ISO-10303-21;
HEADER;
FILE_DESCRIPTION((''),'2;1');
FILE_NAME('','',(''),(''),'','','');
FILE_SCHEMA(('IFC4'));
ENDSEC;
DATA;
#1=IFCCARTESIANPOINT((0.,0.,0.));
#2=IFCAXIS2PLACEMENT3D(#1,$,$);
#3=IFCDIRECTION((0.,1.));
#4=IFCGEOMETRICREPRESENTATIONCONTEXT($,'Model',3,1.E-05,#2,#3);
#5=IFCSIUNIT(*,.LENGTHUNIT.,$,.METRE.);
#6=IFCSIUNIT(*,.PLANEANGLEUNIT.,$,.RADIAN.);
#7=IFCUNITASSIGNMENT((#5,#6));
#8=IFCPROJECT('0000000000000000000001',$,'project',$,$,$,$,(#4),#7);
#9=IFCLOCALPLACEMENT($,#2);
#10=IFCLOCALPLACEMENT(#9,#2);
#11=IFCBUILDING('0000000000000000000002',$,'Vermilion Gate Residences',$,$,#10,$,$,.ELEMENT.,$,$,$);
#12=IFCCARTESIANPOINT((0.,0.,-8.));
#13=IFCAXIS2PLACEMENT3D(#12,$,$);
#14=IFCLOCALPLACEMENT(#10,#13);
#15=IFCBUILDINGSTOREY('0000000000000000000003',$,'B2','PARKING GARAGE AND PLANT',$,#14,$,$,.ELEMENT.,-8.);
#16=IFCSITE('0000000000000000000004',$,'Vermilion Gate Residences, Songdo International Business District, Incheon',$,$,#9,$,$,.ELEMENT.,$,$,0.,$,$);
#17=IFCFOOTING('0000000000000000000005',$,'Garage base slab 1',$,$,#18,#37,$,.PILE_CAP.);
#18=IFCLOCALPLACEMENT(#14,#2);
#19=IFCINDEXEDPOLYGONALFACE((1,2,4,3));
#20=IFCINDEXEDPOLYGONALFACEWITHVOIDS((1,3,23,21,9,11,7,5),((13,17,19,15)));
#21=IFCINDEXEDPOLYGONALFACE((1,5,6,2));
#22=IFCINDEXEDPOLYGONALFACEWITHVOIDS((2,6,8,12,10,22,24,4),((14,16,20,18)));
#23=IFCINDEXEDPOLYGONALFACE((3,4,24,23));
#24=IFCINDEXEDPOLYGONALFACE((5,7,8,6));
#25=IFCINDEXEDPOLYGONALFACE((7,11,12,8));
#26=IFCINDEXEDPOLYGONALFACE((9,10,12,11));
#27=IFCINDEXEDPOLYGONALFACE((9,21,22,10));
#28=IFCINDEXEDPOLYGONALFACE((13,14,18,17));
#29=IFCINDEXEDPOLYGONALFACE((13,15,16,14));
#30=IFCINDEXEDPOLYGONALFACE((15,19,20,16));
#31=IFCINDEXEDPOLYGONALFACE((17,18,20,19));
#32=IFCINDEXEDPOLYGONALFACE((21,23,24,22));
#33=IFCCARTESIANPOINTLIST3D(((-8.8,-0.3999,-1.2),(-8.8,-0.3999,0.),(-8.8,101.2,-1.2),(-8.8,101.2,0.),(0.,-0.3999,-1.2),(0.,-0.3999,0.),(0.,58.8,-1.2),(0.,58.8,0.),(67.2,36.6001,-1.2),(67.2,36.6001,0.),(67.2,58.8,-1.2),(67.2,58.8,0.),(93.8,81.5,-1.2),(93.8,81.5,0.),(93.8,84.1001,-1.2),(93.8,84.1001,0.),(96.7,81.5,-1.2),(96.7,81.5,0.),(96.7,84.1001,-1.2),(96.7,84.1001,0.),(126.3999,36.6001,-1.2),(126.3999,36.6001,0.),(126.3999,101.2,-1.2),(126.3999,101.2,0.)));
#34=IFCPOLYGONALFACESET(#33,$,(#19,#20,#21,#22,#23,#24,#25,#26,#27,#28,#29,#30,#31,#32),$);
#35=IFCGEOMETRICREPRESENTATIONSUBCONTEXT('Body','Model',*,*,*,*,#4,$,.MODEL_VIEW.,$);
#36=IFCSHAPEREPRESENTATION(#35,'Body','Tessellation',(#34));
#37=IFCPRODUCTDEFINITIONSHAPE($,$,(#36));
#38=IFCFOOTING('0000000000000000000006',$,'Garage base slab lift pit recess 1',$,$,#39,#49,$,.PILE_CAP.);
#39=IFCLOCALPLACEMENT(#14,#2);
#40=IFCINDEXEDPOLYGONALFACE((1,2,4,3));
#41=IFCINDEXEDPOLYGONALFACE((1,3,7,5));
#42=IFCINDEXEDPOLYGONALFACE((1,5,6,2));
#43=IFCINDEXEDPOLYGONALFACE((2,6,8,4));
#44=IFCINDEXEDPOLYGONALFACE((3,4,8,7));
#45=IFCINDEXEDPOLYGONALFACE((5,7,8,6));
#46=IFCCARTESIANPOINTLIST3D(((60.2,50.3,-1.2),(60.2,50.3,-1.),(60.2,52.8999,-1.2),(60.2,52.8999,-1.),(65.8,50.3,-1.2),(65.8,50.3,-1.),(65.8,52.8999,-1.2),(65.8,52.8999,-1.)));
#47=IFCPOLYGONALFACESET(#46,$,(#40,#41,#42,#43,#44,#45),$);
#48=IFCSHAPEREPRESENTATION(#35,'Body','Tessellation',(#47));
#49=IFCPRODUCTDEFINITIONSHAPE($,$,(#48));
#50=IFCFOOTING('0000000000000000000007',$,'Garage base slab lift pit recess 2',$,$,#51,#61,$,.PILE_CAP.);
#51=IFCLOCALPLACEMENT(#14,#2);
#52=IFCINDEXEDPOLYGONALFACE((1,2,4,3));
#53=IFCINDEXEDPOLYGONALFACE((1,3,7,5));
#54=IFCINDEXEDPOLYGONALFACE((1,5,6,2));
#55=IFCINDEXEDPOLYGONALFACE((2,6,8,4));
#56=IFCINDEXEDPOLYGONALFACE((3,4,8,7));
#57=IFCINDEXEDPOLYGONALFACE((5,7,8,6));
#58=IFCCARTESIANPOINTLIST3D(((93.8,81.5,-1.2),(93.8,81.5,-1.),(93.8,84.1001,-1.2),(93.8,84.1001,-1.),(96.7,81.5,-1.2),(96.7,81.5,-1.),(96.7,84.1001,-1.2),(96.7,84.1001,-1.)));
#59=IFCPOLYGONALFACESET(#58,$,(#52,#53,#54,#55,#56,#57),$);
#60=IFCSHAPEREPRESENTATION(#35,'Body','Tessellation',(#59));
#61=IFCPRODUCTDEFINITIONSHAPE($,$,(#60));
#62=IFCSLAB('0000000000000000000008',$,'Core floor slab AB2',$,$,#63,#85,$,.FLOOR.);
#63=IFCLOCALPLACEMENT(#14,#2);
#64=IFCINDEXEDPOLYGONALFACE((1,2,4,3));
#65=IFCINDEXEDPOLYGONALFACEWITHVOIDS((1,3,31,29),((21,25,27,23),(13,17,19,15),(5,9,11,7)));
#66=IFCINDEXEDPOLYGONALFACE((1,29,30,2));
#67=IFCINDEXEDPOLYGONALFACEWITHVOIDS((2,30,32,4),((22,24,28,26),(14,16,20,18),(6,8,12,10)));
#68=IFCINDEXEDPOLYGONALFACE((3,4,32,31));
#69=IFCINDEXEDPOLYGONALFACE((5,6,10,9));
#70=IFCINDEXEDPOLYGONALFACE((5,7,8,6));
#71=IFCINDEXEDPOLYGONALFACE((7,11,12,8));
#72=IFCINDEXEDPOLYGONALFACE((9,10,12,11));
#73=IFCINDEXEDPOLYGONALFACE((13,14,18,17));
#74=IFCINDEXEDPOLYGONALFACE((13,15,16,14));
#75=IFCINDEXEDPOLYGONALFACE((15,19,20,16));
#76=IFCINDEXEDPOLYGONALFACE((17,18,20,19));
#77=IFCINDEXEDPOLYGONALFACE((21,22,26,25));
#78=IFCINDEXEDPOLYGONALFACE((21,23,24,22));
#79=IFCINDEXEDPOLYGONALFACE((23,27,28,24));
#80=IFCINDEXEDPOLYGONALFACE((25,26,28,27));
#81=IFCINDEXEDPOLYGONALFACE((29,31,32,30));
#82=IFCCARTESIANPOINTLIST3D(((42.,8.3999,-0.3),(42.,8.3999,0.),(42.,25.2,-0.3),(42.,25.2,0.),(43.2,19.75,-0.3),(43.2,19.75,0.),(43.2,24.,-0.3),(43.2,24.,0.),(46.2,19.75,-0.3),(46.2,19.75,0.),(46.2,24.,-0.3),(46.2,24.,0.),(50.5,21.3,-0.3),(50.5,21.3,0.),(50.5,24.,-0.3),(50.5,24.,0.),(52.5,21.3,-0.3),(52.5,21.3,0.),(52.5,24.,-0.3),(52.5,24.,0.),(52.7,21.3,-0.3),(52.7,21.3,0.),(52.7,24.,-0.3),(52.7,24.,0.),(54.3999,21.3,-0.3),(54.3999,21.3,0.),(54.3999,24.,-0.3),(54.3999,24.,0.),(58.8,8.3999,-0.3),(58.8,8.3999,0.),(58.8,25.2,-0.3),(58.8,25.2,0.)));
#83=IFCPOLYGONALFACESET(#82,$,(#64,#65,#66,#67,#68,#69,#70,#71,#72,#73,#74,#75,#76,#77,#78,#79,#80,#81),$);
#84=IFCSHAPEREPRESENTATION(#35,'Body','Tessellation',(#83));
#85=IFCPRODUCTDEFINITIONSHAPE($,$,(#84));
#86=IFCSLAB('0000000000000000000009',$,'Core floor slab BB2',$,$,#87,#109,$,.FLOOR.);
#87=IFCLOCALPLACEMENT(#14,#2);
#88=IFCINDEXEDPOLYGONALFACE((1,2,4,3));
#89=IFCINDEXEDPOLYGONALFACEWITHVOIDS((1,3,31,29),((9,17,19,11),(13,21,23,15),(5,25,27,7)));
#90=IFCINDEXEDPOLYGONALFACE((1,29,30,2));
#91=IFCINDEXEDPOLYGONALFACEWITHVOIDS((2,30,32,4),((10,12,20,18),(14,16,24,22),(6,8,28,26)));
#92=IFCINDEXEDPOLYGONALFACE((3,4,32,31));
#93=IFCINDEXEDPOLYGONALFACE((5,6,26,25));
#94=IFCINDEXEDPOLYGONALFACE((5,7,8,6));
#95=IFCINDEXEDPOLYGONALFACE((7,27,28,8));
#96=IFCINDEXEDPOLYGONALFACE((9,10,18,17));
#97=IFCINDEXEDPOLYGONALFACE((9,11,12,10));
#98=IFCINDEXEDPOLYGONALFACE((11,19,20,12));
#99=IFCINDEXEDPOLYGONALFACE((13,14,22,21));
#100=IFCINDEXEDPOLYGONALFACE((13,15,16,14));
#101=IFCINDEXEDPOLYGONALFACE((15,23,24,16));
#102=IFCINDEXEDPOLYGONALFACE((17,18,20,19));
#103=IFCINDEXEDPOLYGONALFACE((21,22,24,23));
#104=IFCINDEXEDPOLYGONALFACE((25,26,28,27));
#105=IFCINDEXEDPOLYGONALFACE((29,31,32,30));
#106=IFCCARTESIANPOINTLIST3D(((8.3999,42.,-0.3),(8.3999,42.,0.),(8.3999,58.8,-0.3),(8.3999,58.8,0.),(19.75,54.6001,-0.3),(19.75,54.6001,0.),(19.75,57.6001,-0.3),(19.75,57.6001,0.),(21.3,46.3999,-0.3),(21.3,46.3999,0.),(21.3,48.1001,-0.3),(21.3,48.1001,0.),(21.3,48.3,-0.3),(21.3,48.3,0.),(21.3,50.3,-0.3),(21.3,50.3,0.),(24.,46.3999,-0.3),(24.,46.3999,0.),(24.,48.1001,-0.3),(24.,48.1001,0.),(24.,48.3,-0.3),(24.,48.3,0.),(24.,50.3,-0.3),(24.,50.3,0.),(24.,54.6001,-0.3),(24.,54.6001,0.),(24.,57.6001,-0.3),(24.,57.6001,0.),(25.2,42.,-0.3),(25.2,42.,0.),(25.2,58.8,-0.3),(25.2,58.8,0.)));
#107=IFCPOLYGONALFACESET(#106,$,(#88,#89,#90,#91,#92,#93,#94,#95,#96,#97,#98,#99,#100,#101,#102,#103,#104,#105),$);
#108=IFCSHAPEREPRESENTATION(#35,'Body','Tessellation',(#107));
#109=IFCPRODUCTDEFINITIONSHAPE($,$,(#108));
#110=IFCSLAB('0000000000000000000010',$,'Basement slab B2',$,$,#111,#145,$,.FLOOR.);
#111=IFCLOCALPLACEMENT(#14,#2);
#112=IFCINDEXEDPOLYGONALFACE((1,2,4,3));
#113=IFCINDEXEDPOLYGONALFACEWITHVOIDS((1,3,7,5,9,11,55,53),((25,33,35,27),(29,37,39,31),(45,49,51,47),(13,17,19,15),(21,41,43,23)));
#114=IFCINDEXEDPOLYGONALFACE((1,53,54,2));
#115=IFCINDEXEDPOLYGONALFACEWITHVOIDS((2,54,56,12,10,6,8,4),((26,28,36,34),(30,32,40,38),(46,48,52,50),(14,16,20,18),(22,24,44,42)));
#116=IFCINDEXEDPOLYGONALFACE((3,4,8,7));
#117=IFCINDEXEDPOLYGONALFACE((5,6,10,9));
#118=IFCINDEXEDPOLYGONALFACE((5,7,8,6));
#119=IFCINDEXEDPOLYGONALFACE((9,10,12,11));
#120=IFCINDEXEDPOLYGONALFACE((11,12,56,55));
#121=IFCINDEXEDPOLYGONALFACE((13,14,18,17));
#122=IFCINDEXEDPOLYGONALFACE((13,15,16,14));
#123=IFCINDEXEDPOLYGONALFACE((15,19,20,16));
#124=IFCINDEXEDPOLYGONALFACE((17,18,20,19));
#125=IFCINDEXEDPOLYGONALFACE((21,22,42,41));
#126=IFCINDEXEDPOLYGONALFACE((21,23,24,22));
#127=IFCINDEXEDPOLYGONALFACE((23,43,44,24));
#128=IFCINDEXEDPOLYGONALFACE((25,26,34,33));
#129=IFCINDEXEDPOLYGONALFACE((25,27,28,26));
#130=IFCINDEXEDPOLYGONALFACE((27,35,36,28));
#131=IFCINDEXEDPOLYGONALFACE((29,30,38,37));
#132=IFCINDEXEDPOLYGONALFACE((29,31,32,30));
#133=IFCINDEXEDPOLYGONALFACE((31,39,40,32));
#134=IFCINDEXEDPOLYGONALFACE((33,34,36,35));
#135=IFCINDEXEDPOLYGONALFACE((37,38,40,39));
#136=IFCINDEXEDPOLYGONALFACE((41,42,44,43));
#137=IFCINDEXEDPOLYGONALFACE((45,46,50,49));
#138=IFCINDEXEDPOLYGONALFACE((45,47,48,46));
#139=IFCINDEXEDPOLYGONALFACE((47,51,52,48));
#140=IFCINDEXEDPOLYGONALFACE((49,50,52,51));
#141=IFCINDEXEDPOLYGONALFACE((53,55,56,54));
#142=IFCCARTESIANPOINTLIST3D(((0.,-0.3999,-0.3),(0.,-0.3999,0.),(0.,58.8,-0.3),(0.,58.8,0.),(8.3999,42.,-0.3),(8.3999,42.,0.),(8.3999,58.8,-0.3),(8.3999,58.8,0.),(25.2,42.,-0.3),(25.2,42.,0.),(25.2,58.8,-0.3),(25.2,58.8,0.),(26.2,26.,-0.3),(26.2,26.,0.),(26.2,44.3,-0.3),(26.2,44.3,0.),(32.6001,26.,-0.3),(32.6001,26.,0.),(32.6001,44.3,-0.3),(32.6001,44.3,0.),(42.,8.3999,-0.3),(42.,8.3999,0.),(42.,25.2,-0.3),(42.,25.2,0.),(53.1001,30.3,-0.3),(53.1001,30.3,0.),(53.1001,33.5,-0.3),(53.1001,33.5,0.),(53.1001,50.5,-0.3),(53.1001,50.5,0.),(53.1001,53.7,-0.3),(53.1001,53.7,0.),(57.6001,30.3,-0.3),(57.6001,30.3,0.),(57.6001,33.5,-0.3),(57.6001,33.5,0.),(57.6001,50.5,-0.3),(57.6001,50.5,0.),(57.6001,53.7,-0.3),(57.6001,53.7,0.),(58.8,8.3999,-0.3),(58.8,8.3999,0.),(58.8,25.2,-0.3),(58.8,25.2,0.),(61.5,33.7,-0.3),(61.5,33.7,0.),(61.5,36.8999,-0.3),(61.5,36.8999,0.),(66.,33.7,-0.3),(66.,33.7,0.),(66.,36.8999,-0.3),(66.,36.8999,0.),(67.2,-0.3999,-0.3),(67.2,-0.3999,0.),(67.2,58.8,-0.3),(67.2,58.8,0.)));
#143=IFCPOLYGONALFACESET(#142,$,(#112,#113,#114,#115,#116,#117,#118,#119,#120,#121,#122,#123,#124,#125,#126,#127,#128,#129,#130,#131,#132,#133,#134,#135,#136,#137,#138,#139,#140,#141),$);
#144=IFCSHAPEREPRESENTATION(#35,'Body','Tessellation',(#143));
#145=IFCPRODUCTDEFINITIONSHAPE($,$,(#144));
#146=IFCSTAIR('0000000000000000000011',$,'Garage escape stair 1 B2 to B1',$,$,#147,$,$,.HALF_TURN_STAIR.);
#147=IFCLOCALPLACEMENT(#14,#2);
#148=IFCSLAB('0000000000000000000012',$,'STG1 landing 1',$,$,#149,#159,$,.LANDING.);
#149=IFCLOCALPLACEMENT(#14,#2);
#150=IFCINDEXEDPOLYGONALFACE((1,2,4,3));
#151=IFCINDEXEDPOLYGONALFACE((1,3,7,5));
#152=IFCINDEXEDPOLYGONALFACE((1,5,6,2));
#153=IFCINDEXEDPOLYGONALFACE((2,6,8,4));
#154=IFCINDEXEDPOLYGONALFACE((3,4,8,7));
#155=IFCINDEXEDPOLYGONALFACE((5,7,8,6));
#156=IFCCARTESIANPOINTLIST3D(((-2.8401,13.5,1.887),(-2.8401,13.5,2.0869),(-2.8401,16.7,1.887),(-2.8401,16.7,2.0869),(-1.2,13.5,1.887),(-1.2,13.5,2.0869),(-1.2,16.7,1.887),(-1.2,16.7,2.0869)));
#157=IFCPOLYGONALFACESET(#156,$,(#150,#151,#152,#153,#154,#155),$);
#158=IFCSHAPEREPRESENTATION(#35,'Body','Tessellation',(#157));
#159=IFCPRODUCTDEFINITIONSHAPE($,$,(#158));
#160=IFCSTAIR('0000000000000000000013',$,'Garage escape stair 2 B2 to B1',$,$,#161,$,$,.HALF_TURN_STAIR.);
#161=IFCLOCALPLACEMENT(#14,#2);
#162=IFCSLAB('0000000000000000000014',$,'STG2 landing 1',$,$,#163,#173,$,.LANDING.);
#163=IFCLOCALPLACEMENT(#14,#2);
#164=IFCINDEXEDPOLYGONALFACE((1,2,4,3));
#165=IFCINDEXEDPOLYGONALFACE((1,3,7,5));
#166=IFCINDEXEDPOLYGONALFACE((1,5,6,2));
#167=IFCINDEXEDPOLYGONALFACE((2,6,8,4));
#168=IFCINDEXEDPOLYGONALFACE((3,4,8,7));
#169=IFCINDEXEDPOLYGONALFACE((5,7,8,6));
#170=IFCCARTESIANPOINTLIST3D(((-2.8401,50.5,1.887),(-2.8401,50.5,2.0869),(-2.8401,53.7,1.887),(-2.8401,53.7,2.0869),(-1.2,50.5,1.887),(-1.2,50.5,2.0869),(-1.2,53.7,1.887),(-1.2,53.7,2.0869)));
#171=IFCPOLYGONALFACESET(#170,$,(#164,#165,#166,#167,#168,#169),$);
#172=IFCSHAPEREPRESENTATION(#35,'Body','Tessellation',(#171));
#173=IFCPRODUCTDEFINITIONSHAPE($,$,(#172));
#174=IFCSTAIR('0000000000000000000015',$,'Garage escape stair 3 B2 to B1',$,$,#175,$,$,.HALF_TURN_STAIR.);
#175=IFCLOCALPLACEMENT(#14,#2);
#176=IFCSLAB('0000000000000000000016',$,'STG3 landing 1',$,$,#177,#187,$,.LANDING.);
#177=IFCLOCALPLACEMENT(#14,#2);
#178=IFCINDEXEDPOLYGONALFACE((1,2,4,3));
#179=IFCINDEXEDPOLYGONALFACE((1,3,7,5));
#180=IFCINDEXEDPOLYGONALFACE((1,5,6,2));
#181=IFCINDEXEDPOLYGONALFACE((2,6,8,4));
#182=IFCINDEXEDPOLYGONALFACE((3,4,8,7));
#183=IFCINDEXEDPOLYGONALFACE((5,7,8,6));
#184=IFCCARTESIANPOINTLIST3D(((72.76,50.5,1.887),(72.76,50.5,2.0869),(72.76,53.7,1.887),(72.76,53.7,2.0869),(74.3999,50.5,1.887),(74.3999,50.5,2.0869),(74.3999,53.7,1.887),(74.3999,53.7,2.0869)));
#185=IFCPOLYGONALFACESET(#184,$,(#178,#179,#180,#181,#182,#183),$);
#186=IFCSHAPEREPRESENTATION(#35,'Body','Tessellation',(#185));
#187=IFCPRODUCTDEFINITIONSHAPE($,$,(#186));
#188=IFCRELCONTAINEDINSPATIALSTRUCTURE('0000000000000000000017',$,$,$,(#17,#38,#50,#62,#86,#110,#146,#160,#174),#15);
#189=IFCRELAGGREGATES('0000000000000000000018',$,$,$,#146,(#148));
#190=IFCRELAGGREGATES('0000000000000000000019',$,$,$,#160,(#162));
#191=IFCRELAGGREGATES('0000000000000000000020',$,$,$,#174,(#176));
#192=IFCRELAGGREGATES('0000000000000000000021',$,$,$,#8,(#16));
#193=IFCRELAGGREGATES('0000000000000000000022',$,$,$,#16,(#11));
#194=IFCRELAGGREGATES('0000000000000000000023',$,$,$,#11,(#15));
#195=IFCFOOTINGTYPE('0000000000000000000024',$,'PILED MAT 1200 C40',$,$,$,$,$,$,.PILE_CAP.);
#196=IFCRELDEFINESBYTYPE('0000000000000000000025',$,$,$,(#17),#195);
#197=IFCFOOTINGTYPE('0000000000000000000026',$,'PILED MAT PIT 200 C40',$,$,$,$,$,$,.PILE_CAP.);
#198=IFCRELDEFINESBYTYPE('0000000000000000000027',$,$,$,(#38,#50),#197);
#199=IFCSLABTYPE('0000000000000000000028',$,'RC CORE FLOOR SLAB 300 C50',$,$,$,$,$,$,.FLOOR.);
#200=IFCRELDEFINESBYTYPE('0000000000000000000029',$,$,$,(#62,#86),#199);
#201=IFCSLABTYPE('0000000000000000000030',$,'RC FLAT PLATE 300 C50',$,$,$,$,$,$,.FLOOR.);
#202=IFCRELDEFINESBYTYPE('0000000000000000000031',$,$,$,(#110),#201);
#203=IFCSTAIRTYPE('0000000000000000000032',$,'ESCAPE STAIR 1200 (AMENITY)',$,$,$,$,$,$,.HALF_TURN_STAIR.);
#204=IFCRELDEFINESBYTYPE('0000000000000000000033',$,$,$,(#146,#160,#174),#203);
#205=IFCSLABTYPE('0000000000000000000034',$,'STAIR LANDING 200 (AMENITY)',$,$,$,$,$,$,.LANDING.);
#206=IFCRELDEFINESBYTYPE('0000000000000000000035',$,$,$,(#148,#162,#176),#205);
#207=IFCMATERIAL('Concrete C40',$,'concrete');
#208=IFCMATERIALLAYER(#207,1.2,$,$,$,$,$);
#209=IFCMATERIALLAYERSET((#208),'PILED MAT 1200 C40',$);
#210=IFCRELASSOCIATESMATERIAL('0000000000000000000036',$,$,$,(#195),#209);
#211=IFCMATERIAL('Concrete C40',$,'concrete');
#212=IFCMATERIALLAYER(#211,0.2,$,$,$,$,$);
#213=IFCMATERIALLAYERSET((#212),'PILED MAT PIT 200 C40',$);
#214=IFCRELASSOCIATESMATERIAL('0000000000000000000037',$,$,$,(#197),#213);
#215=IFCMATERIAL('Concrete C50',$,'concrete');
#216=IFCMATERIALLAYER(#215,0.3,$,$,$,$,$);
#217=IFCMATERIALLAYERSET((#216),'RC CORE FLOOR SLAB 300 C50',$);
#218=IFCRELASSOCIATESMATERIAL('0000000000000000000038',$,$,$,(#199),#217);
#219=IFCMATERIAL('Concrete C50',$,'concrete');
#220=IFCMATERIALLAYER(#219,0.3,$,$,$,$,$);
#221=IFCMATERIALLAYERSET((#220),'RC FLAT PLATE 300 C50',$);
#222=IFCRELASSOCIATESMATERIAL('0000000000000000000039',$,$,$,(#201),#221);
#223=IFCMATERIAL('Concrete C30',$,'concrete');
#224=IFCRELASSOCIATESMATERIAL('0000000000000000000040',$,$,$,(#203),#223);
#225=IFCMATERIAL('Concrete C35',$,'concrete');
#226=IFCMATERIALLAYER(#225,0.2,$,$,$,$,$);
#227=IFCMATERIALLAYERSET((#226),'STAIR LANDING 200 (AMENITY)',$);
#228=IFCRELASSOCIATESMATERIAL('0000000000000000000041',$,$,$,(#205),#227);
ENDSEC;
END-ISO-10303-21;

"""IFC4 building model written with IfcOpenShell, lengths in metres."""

from ifc_helpers import new_model, si_unit, direction, frame, origin, place, context, subcontext, project, spatial, polyline, outline, extrude, material, layer, layer_set, type_object, element, aggregate, save


model = new_model("IFC4")

# Units and contexts
model_context = context("Model", 3, precision=1e-05, world=origin(), true_north=direction((0.0, 1.0)))
body_context = subcontext(model_context, "Body", "Model", "MODEL_VIEW")
ifc_project = project(units=[si_unit("LENGTHUNIT", "METRE"), si_unit("PLANEANGLEUNIT", "RADIAN")], contexts=[model_context])

# Site, building, storey
site_placement = place(None, origin())
site = spatial("IfcSite", under=ifc_project, at=site_placement, Name="Vermilion Gate Residences, Songdo International Business District, Incheon", CompositionType="ELEMENT", RefElevation=0.0)
building_placement = place(site_placement, origin())
building = spatial("IfcBuilding", under=site, at=building_placement, Name="Vermilion Gate Residences", CompositionType="ELEMENT")
storey_placement = place(building_placement, frame((0.0, 0.0, -8.0)))
storey = spatial("IfcBuildingStorey", under=building, at=storey_placement, Name="B2", Description="PARKING GARAGE AND PLANT", CompositionType="ELEMENT", Elevation=-8.0)

# Footings
ifc_material_1 = material(Name="Concrete C40", Category="concrete")
ifc_layer_1 = layer(ifc_material_1, 1.2)
ifc_layer_set_1 = layer_set([ifc_layer_1], Name="PILED MAT 1200 C40")
footing_type_1 = type_object("IfcFootingType", Name="PILED MAT 1200 C40", PredefinedType="PILE_CAP", material=ifc_layer_set_1)
footing_1_placement = place(storey_placement, frame((0.0, 0.0, -1.2)))
element("IfcFooting", 1, at=footing_1_placement, inside=storey, type_object=footing_type_1, Name="Garage base slab 1", PredefinedType="PILE_CAP", context=body_context, shape_type="SweptSolid", body=[
    extrude(outline(polyline([(126.3999, 101.2), (-8.8, 101.2), (-8.8, -0.3999), (0.0, -0.3999), (0.0, 58.8), (67.2, 58.8), (67.2, 36.6001), (126.3999, 36.6001), (126.3999, 101.2)]), holes=[polyline([(93.8, 81.5), (93.8, 84.1001), (96.7, 84.1001), (96.7, 81.5), (93.8, 81.5)])]), origin(), (0.0, 0.0, 1.0), 1.2),
])
ifc_material_2 = material(Name="Concrete C40", Category="concrete")
ifc_layer_2 = layer(ifc_material_2, 0.2)
ifc_layer_set_2 = layer_set([ifc_layer_2], Name="PILED MAT PIT 200 C40")
footing_type_2 = type_object("IfcFootingType", Name="PILED MAT PIT 200 C40", PredefinedType="PILE_CAP", material=ifc_layer_set_2)
footing_2_placement = place(storey_placement, frame((0.0, 0.0, -1.2)))
element("IfcFooting", 2, at=footing_2_placement, inside=storey, type_object=footing_type_2, Name="Garage base slab lift pit recess 1", PredefinedType="PILE_CAP", context=body_context, shape_type="SweptSolid", body=[
    extrude(outline(polyline([(60.2, 50.3), (65.8, 50.3), (65.8, 52.8999), (60.2, 52.8999), (60.2, 50.3)])), origin(), (0.0, 0.0, 1.0), 0.2),
])
footing_3_placement = place(storey_placement, frame((0.0, 0.0, -1.2)))
element("IfcFooting", 3, at=footing_3_placement, inside=storey, type_object=footing_type_2, Name="Garage base slab lift pit recess 2", PredefinedType="PILE_CAP", context=body_context, shape_type="SweptSolid", body=[
    extrude(outline(polyline([(93.8, 81.5), (96.7, 81.5), (96.7, 84.1001), (93.8, 84.1001), (93.8, 81.5)])), origin(), (0.0, 0.0, 1.0), 0.2),
])

# Slabs
ifc_material_3 = material(Name="Concrete C50", Category="concrete")
ifc_layer_3 = layer(ifc_material_3, 0.3)
ifc_layer_set_3 = layer_set([ifc_layer_3], Name="RC CORE FLOOR SLAB 300 C50")
slab_type_1 = type_object("IfcSlabType", Name="RC CORE FLOOR SLAB 300 C50", PredefinedType="FLOOR", material=ifc_layer_set_3)
slab_1_placement = place(storey_placement, frame((0.0, 0.0, -0.3)))
element("IfcSlab", 4, at=slab_1_placement, inside=storey, type_object=slab_type_1, Name="Core floor slab AB2", PredefinedType="FLOOR", context=body_context, shape_type="SweptSolid", body=[
    extrude(outline(polyline([(42.0, 8.3999), (58.8, 8.3999), (58.8, 25.2), (42.0, 25.2), (42.0, 8.3999)]), holes=[polyline([(46.2, 19.75), (43.2, 19.75), (43.2, 24.0), (46.2, 24.0), (46.2, 19.75)]), polyline([(50.5, 21.3), (50.5, 24.0), (52.5, 24.0), (52.5, 21.3), (50.5, 21.3)]), polyline([(52.7, 21.3), (52.7, 24.0), (54.3999, 24.0), (54.3999, 21.3), (52.7, 21.3)])]), origin(), (0.0, 0.0, 1.0), 0.3),
])
slab_2_placement = place(storey_placement, frame((0.0, 0.0, -0.3)))
element("IfcSlab", 5, at=slab_2_placement, inside=storey, type_object=slab_type_1, Name="Core floor slab BB2", PredefinedType="FLOOR", context=body_context, shape_type="SweptSolid", body=[
    extrude(outline(polyline([(8.3999, 42.0), (25.2, 42.0), (25.2, 58.8), (8.3999, 58.8), (8.3999, 42.0)]), holes=[polyline([(24.0, 46.3999), (21.3, 46.3999), (21.3, 48.1001), (24.0, 48.1001), (24.0, 46.3999)]), polyline([(21.3, 48.3), (21.3, 50.3), (24.0, 50.3), (24.0, 48.3), (21.3, 48.3)]), polyline([(19.75, 54.6001), (19.75, 57.6001), (24.0, 57.6001), (24.0, 54.6001), (19.75, 54.6001)])]), origin(), (0.0, 0.0, 1.0), 0.3),
])
ifc_material_4 = material(Name="Concrete C50", Category="concrete")
ifc_layer_4 = layer(ifc_material_4, 0.3)
ifc_layer_set_4 = layer_set([ifc_layer_4], Name="RC FLAT PLATE 300 C50")
slab_type_2 = type_object("IfcSlabType", Name="RC FLAT PLATE 300 C50", PredefinedType="FLOOR", material=ifc_layer_set_4)
slab_3_placement = place(storey_placement, frame((0.0, 0.0, -0.3)))
element("IfcSlab", 6, at=slab_3_placement, inside=storey, type_object=slab_type_2, Name="Basement slab B2", PredefinedType="FLOOR", context=body_context, shape_type="SweptSolid", body=[
    extrude(outline(polyline([(25.2, 42.0), (8.3999, 42.0), (8.3999, 58.8), (0.0, 58.8), (0.0, -0.3999), (67.2, -0.3999), (67.2, 58.8), (25.2, 58.8), (25.2, 42.0)]), holes=[polyline([(66.0, 36.8999), (66.0, 33.7), (61.5, 33.7), (61.5, 36.8999), (66.0, 36.8999)]), polyline([(58.8, 8.3999), (42.0, 8.3999), (42.0, 25.2), (58.8, 25.2), (58.8, 8.3999)]), polyline([(53.1001, 30.3), (53.1001, 33.5), (57.6001, 33.5), (57.6001, 30.3), (53.1001, 30.3)]), polyline([(53.1001, 53.7), (57.6001, 53.7), (57.6001, 50.5), (53.1001, 50.5), (53.1001, 53.7)]), polyline([(32.6001, 26.0), (26.2, 26.0), (26.2, 44.3), (32.6001, 44.3), (32.6001, 26.0)])]), origin(), (0.0, 0.0, 1.0), 0.3),
])

# Stairs, slabs
ifc_material_5 = material(Name="Concrete C30", Category="concrete")
stair_type_1 = type_object("IfcStairType", Name="ESCAPE STAIR 1200 (AMENITY)", PredefinedType="HALF_TURN_STAIR", material=ifc_material_5)
stair_1_placement = place(storey_placement, origin())
stair_1 = element("IfcStair", 7, at=stair_1_placement, inside=storey, type_object=stair_type_1, Name="Garage escape stair 1 B2 to B1", PredefinedType="HALF_TURN_STAIR")
ifc_material_6 = material(Name="Concrete C35", Category="concrete")
ifc_layer_5 = layer(ifc_material_6, 0.2)
ifc_layer_set_5 = layer_set([ifc_layer_5], Name="STAIR LANDING 200 (AMENITY)")
slab_type_3 = type_object("IfcSlabType", Name="STAIR LANDING 200 (AMENITY)", PredefinedType="LANDING", material=ifc_layer_set_5)
slab_4_placement = place(storey_placement, frame((0.0, 0.0, 1.887)))
slab_4 = element("IfcSlab", 8, at=slab_4_placement, type_object=slab_type_3, Name="STG1 landing 1", PredefinedType="LANDING", context=body_context, shape_type="SweptSolid", body=[
    extrude(outline(polyline([(-2.8401, 13.5), (-1.2, 13.5), (-1.2, 16.7), (-2.8401, 16.7), (-2.8401, 13.5)])), origin(), (0.0, 0.0, 1.0), 0.2),
])
aggregate(stair_1, [slab_4])
stair_2_placement = place(storey_placement, origin())
stair_2 = element("IfcStair", 9, at=stair_2_placement, inside=storey, type_object=stair_type_1, Name="Garage escape stair 2 B2 to B1", PredefinedType="HALF_TURN_STAIR")
slab_5_placement = place(storey_placement, frame((0.0, 0.0, 1.887)))
slab_5 = element("IfcSlab", 10, at=slab_5_placement, type_object=slab_type_3, Name="STG2 landing 1", PredefinedType="LANDING", context=body_context, shape_type="SweptSolid", body=[
    extrude(outline(polyline([(-2.8401, 50.5), (-1.2, 50.5), (-1.2, 53.7), (-2.8401, 53.7), (-2.8401, 50.5)])), origin(), (0.0, 0.0, 1.0), 0.2),
])
aggregate(stair_2, [slab_5])
stair_3_placement = place(storey_placement, origin())
stair_3 = element("IfcStair", 11, at=stair_3_placement, inside=storey, type_object=stair_type_1, Name="Garage escape stair 3 B2 to B1", PredefinedType="HALF_TURN_STAIR")
slab_6_placement = place(storey_placement, frame((0.0, 0.0, 1.887)))
slab_6 = element("IfcSlab", 12, at=slab_6_placement, type_object=slab_type_3, Name="STG3 landing 1", PredefinedType="LANDING", context=body_context, shape_type="SweptSolid", body=[
    extrude(outline(polyline([(72.76, 50.5), (74.3999, 50.5), (74.3999, 53.7), (72.76, 53.7), (72.76, 50.5)])), origin(), (0.0, 0.0, 1.0), 0.2),
])
aggregate(stair_3, [slab_6])

save(model, "model.ifc")
